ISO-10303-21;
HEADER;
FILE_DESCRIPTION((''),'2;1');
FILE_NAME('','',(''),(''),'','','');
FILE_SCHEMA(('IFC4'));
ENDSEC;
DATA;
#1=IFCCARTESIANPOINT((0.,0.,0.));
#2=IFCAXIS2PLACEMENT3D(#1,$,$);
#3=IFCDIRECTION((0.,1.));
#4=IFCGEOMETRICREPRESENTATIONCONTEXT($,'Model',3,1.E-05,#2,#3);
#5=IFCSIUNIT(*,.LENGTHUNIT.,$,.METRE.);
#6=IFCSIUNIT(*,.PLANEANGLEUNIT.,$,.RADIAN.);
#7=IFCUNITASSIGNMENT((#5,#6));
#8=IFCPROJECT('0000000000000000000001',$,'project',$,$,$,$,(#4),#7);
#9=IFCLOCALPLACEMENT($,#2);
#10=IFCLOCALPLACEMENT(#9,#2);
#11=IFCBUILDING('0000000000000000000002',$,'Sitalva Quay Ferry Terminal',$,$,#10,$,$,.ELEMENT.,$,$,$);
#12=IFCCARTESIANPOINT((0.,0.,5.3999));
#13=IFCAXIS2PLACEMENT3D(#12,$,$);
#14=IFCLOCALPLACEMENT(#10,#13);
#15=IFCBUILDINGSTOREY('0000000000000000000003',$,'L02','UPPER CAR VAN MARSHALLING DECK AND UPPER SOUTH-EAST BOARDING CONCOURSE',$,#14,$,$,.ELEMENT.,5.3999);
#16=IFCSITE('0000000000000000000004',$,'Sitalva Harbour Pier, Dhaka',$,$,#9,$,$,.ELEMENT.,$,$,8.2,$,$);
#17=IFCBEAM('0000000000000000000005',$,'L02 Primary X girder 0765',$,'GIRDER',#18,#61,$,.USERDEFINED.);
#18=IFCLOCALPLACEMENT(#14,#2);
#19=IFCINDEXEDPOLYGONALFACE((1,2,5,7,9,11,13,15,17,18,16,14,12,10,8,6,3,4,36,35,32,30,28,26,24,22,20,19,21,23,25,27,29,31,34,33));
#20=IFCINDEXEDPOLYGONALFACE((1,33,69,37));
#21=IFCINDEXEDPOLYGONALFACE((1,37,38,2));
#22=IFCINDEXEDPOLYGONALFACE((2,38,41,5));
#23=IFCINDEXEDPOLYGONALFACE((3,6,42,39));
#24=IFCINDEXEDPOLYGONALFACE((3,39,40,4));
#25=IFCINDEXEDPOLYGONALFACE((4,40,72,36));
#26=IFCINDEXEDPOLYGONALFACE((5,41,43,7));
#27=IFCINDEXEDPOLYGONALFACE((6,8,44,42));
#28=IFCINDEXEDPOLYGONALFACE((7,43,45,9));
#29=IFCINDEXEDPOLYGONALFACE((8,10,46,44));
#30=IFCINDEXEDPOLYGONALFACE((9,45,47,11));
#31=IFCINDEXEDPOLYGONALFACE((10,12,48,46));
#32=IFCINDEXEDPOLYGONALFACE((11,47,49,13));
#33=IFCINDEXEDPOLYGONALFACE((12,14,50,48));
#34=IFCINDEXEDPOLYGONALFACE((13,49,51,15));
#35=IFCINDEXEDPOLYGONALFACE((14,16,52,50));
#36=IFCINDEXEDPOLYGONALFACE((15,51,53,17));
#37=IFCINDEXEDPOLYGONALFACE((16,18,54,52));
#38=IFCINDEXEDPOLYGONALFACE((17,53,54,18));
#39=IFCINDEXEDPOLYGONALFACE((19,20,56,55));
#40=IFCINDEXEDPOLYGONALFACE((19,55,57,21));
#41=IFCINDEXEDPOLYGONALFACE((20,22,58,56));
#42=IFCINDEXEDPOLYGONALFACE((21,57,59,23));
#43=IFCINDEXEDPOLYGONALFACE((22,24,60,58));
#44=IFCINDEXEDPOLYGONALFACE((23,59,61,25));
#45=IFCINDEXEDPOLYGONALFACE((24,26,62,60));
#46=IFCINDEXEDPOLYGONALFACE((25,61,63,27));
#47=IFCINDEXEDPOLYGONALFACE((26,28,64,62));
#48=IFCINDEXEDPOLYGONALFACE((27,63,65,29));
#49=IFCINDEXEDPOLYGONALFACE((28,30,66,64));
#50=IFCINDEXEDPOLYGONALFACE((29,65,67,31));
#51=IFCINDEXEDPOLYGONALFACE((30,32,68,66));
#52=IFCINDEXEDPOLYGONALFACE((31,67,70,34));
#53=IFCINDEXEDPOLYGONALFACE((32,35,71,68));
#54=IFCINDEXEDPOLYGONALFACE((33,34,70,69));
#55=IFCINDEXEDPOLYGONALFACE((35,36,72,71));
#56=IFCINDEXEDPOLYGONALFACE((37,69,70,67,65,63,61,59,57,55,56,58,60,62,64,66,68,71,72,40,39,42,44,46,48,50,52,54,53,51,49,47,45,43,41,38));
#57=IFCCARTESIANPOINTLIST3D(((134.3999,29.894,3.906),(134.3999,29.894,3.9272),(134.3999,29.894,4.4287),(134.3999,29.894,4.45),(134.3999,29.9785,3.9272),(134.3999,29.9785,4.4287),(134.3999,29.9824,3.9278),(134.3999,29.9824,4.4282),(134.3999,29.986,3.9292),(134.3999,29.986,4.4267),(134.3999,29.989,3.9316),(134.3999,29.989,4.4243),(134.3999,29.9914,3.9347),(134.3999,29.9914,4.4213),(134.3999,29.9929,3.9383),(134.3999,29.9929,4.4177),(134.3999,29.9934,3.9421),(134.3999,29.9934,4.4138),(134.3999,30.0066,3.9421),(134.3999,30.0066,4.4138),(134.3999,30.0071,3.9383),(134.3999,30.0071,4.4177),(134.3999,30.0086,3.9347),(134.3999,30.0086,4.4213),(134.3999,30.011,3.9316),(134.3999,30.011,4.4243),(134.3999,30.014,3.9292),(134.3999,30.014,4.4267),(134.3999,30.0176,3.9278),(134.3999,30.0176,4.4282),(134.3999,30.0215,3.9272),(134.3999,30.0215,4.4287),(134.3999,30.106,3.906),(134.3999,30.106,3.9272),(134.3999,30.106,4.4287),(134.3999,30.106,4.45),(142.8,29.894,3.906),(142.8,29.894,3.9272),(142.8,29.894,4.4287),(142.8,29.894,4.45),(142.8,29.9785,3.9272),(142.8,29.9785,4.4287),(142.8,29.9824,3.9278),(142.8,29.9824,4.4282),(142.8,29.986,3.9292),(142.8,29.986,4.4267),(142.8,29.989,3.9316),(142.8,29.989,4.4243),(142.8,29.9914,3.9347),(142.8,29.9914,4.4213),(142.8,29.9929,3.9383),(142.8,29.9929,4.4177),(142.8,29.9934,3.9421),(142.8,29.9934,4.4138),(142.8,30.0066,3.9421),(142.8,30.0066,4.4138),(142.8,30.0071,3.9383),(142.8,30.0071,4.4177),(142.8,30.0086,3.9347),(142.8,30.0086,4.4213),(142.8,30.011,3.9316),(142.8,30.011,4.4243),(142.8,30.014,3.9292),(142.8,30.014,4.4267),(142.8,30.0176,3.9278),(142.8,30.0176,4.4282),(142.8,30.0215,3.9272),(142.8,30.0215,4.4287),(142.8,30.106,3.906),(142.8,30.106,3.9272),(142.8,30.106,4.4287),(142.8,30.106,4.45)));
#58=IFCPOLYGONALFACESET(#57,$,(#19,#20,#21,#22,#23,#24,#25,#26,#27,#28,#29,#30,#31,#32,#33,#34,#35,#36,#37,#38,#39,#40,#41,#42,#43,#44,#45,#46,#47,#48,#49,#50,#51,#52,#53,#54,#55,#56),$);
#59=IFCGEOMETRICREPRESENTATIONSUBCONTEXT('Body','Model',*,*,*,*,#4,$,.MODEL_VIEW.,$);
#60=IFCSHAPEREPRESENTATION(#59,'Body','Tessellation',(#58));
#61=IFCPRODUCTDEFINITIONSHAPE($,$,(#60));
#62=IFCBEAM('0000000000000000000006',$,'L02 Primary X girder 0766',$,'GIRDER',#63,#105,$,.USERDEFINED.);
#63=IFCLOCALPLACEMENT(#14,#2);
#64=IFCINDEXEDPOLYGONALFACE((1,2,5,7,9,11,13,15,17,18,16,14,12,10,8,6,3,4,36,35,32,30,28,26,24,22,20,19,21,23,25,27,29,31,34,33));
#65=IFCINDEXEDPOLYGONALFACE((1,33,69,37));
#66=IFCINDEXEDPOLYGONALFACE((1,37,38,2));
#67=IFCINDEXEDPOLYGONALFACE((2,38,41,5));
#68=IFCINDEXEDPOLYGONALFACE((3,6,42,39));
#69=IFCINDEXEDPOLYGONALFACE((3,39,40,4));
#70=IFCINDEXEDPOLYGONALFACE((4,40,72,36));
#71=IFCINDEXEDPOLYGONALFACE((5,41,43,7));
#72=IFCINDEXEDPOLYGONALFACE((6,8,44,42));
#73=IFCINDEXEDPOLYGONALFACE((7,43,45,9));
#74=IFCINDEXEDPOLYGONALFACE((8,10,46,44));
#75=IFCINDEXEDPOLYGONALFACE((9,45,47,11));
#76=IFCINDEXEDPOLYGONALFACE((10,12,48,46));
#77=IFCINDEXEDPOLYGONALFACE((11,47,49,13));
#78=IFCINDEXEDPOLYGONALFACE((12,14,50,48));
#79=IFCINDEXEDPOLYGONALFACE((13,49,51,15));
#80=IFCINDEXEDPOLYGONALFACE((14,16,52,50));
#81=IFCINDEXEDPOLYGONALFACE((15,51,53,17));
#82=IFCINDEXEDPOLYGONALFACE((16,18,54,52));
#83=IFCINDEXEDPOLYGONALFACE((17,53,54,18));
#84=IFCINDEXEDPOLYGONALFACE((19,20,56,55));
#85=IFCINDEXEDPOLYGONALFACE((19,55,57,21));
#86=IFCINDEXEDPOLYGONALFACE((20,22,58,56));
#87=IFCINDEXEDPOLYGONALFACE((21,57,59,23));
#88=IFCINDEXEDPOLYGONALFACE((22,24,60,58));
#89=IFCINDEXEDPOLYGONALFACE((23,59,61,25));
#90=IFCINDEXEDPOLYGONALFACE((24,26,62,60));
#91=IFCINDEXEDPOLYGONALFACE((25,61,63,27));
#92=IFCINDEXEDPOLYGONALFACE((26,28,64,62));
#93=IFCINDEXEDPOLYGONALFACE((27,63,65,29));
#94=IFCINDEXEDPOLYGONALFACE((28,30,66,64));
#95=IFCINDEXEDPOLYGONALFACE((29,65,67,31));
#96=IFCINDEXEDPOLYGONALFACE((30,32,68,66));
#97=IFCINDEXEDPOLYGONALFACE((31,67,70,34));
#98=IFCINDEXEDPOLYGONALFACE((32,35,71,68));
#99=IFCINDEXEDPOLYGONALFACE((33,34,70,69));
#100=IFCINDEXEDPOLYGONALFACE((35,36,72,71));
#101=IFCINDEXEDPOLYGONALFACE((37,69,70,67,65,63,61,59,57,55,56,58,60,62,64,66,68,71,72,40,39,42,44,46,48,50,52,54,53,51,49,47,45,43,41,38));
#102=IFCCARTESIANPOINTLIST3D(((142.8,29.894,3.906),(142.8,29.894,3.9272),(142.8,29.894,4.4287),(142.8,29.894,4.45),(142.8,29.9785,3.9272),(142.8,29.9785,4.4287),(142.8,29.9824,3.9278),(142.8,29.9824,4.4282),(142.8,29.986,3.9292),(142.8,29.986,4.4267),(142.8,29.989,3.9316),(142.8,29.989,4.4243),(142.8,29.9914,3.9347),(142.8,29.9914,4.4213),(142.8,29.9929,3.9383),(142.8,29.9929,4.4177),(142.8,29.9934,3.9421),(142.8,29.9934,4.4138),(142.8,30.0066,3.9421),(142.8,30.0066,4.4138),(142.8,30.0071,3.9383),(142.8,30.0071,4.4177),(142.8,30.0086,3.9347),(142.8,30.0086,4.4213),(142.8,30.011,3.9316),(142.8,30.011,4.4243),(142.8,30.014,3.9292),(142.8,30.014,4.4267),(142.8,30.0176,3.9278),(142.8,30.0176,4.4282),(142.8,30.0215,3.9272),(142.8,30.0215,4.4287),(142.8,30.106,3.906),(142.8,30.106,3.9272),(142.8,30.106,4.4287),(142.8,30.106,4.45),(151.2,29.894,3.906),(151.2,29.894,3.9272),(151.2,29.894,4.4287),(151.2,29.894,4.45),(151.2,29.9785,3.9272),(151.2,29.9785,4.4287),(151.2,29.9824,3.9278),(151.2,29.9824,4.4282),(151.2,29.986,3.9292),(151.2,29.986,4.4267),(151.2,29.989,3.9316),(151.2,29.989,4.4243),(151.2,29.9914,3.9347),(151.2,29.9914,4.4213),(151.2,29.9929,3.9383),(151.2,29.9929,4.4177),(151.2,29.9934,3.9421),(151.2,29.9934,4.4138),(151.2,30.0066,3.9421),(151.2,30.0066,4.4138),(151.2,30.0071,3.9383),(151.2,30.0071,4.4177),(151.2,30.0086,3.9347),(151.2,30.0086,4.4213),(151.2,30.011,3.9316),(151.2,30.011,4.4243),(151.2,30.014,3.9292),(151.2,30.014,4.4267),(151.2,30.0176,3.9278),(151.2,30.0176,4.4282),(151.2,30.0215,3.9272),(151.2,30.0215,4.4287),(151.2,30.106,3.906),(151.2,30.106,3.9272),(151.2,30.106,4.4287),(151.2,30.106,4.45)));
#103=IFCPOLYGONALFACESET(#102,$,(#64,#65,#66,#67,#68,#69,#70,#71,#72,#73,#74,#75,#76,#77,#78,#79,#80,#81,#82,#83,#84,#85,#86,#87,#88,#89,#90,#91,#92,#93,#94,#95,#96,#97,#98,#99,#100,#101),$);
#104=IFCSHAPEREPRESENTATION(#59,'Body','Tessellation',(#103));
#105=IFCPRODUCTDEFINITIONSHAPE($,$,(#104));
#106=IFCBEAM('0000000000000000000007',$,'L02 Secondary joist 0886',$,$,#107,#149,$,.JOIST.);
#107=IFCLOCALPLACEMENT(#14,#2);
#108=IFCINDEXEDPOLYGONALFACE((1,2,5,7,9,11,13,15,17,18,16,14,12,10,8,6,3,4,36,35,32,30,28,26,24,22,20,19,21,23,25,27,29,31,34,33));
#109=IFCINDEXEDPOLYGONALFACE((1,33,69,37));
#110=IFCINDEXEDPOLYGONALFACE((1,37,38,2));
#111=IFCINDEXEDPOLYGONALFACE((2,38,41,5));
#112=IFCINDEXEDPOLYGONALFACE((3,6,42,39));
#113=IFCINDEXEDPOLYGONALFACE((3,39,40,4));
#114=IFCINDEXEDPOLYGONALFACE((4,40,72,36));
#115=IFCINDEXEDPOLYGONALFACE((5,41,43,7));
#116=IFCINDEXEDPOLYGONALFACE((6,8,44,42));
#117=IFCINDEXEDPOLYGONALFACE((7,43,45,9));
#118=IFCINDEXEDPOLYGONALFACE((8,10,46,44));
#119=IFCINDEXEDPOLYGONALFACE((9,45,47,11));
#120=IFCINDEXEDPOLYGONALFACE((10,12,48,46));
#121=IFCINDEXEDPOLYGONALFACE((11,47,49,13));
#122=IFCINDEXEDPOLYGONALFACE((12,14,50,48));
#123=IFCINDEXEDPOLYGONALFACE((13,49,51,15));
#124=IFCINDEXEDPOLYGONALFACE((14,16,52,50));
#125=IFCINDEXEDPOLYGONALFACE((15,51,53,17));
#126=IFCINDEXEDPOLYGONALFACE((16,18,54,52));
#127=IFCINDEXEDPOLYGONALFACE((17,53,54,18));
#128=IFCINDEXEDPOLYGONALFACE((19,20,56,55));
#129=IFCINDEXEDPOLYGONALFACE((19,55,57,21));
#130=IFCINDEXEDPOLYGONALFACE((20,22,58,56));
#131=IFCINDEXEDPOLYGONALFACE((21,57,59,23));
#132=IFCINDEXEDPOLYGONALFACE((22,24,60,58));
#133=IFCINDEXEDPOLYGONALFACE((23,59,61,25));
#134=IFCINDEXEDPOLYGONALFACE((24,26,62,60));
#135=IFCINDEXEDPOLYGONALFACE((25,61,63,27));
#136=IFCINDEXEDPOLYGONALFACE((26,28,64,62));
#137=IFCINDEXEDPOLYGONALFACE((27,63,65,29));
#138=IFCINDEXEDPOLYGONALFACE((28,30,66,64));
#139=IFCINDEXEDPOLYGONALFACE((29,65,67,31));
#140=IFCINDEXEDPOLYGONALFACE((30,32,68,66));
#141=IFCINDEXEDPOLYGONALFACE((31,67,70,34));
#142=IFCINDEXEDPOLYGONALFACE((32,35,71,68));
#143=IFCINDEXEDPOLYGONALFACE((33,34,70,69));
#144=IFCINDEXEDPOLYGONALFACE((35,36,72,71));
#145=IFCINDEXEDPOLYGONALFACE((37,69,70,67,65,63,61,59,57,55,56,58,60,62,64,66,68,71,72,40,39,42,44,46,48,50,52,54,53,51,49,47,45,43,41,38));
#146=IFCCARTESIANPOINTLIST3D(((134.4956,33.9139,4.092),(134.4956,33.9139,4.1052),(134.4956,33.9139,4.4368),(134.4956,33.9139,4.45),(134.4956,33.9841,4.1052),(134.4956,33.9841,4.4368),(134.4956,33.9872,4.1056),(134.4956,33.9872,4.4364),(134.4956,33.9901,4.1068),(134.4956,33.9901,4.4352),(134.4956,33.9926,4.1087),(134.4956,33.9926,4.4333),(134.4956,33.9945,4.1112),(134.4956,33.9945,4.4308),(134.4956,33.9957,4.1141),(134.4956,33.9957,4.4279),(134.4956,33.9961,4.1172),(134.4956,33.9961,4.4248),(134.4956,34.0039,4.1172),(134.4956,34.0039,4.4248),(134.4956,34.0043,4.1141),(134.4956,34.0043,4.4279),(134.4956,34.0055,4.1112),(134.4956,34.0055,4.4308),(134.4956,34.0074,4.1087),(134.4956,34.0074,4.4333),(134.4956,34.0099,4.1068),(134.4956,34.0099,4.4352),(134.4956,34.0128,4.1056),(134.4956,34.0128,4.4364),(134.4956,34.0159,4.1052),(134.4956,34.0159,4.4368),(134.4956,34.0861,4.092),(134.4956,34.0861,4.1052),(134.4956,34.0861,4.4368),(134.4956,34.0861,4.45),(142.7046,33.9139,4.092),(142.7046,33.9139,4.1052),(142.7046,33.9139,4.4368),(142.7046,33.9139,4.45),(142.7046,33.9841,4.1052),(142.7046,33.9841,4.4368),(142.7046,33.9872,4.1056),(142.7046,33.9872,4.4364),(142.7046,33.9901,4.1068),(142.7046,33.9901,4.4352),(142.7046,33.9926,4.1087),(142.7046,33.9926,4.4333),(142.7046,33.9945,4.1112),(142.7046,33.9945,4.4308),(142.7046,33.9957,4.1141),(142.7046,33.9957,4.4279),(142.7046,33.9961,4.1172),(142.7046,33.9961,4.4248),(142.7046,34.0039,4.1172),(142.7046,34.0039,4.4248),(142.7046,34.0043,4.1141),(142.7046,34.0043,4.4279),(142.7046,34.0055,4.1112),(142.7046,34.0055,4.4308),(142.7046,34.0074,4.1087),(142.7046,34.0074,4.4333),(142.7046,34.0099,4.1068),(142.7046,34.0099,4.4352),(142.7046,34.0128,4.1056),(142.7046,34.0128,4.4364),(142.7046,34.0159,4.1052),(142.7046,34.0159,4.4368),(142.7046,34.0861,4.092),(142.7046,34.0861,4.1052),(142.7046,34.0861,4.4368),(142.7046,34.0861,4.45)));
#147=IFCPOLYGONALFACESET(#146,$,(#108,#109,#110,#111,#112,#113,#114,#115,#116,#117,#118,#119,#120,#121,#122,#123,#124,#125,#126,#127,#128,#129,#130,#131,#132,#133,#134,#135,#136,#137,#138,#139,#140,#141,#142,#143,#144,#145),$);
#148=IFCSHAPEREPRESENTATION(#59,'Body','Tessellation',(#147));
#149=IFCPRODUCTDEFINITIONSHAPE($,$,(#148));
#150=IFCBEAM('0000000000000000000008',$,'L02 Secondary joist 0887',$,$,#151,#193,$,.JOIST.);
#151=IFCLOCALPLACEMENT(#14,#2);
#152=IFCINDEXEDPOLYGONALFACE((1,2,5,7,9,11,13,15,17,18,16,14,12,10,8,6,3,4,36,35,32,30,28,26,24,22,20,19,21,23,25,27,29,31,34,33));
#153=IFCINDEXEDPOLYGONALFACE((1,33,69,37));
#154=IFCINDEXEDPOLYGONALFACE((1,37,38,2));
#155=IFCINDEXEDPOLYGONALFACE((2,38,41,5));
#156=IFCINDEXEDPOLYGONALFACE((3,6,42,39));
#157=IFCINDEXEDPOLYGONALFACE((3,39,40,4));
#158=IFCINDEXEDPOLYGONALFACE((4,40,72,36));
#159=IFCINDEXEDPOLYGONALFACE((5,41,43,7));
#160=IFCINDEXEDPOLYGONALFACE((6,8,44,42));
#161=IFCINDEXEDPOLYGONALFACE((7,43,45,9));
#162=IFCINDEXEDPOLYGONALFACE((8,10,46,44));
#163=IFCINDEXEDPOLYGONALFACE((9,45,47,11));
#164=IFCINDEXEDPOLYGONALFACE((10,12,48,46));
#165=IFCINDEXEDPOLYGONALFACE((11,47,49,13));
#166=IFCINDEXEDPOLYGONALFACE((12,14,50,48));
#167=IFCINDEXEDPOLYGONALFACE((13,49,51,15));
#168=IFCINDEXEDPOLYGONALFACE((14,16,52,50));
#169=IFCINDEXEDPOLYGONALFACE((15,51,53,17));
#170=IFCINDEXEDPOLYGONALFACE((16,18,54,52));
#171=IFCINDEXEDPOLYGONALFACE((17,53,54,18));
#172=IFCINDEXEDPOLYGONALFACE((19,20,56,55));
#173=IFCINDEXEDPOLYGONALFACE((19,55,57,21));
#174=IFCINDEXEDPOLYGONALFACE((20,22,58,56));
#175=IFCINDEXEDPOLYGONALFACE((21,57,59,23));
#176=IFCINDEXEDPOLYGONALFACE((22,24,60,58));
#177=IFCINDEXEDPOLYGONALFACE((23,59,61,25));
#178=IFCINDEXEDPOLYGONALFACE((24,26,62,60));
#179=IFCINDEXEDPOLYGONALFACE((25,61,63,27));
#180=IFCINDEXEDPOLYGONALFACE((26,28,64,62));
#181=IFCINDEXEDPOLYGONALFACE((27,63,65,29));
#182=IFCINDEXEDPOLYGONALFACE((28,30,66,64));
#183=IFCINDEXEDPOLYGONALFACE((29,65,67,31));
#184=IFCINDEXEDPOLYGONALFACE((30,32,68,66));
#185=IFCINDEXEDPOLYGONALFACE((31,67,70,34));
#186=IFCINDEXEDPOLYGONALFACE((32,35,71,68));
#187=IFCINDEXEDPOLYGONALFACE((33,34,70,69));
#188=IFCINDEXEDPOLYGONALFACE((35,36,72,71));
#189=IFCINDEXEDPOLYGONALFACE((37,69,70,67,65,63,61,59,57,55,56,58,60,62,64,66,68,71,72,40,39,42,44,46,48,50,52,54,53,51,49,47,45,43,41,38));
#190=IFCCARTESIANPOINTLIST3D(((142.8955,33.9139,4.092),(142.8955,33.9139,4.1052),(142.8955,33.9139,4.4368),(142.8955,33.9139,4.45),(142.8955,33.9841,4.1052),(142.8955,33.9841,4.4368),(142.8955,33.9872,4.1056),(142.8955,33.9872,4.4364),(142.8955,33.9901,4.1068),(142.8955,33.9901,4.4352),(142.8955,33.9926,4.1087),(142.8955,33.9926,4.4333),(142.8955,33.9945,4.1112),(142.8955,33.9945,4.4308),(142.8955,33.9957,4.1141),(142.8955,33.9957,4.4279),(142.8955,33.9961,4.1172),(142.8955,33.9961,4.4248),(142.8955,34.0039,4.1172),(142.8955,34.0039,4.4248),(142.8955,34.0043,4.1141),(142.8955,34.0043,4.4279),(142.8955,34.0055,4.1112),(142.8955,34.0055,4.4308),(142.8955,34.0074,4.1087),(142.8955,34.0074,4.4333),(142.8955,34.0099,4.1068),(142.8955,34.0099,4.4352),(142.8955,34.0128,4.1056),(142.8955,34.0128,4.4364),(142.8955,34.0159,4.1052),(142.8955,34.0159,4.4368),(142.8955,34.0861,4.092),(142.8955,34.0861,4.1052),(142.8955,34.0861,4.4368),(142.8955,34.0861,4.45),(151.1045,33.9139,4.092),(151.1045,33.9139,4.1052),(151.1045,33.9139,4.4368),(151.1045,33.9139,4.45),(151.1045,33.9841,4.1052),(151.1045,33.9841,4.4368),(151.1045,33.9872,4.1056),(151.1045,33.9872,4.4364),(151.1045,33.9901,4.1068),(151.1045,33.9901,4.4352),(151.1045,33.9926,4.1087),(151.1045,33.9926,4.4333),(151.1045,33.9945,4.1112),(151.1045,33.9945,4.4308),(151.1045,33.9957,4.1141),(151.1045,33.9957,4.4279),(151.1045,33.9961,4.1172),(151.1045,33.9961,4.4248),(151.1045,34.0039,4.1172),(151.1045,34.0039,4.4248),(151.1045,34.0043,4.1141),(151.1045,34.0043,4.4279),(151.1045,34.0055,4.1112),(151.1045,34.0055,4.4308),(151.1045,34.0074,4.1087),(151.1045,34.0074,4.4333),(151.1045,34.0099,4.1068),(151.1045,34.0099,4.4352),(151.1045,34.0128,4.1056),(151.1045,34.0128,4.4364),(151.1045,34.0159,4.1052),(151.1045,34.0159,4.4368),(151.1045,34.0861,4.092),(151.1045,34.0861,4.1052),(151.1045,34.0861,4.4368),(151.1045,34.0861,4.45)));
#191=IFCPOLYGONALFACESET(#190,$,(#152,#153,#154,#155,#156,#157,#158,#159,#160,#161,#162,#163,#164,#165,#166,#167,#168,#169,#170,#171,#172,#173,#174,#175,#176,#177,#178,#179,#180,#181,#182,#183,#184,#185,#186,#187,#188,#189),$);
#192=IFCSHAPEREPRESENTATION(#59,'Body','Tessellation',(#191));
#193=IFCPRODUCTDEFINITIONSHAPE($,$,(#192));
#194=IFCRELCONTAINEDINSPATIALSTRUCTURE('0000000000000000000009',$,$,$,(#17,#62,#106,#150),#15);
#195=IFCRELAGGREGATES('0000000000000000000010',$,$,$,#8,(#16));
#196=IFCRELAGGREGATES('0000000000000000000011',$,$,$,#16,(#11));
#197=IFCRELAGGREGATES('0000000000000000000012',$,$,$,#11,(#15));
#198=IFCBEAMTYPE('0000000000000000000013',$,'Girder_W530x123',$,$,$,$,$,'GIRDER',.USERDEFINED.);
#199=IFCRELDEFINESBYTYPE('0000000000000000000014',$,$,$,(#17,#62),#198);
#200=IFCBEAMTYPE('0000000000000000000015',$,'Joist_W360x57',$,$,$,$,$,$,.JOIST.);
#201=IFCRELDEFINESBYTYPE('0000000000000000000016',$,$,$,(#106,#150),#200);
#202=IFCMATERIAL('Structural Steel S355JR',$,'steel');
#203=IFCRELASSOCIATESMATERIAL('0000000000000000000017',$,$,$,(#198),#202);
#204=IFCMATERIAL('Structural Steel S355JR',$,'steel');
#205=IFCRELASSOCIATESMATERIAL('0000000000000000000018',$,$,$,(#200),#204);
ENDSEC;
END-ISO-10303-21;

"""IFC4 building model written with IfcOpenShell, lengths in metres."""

from ifc_helpers import new_model, si_unit, direction, frame, origin, origin_2d, place, context, subcontext, project, spatial, i_section, extrude, material, material_profile, profile_set, type_object, element, save


model = new_model("IFC4")

# Units and contexts
model_context = context("Model", 3, precision=1e-05, world=origin(), true_north=direction((0.0, 1.0)))
body_context = subcontext(model_context, "Body", "Model", "MODEL_VIEW")
ifc_project = project(units=[si_unit("LENGTHUNIT", "METRE"), si_unit("PLANEANGLEUNIT", "RADIAN")], contexts=[model_context])

# Site, building, storey
site_placement = place(None, origin())
site = spatial("IfcSite", under=ifc_project, at=site_placement, Name="Sitalva Harbour Pier, Dhaka", CompositionType="ELEMENT", RefElevation=8.2)
building_placement = place(site_placement, origin())
building = spatial("IfcBuilding", under=site, at=building_placement, Name="Sitalva Quay Ferry Terminal", CompositionType="ELEMENT")
storey_placement = place(building_placement, frame((0.0, 0.0, 5.3999)))
storey = spatial("IfcBuildingStorey", under=building, at=storey_placement, Name="L02", Description="UPPER CAR VAN MARSHALLING DECK AND UPPER SOUTH-EAST BOARDING CONCOURSE", CompositionType="ELEMENT", Elevation=5.3999)

# Beams
ifc_material_1 = material(Name="Structural Steel S355JR", Category="steel")
ifc_material_profile_1 = material_profile(ifc_material_1, i_section(OverallWidth=0.2119, OverallDepth=0.5439, WebThickness=0.0132, FlangeThickness=0.0212, FilletRadius=0.0149, at=origin_2d()), Name="W530x123")
ifc_profile_set_1 = profile_set([ifc_material_profile_1], Name="Structural Steel S355JR")
beam_type_1 = type_object("IfcBeamType", Name="Girder_W530x123", ElementType="GIRDER", PredefinedType="USERDEFINED", material=ifc_profile_set_1)
beam_1_placement = place(storey_placement, frame((134.3999, 30.0, 4.178), z_axis=(1.0, 0.0, 0.0), x_axis=(0.0, 1.0, 0.0)))
element("IfcBeam", 1, at=beam_1_placement, inside=storey, type_object=beam_type_1, Name="L02 Primary X girder 0765", ObjectType="GIRDER", PredefinedType="USERDEFINED", context=body_context, shape_type="SweptSolid", body=[
    extrude(i_section(OverallWidth=0.2119, OverallDepth=0.5439, WebThickness=0.0132, FlangeThickness=0.0212, FilletRadius=0.0149, at=origin_2d()), origin(), (0.0, 0.0, 1.0), 8.4001),
])
beam_2_placement = place(storey_placement, frame((142.8, 30.0, 4.178), z_axis=(1.0, 0.0, 0.0), x_axis=(0.0, 1.0, 0.0)))
element("IfcBeam", 2, at=beam_2_placement, inside=storey, type_object=beam_type_1, Name="L02 Primary X girder 0766", ObjectType="GIRDER", PredefinedType="USERDEFINED", context=body_context, shape_type="SweptSolid", body=[
    extrude(i_section(OverallWidth=0.2119, OverallDepth=0.5439, WebThickness=0.0132, FlangeThickness=0.0212, FilletRadius=0.0149, at=origin_2d()), origin(), (0.0, 0.0, 1.0), 8.3999),
])
ifc_material_2 = material(Name="Structural Steel S355JR", Category="steel")
ifc_material_profile_2 = material_profile(ifc_material_2, i_section(OverallWidth=0.1721, OverallDepth=0.3579, WebThickness=0.0078, FlangeThickness=0.0132, FilletRadius=0.012, at=origin_2d()), Name="W360x57")
ifc_profile_set_2 = profile_set([ifc_material_profile_2], Name="Structural Steel S355JR")
beam_type_2 = type_object("IfcBeamType", Name="Joist_W360x57", PredefinedType="JOIST", material=ifc_profile_set_2)
for number, where, z_axis, x_axis, name in (
    (3, (134.4956, 34.0, 4.271), (1.0, 0.0, 0.0), (0.0, 1.0, 0.0), "L02 Secondary joist 0886"),
    (4, (142.8955, 34.0, 4.271), (1.0, 0.0, 0.0), (0.0, 1.0, 0.0), "L02 Secondary joist 0887"),
):
    element("IfcBeam", number, at=place(storey_placement, frame(where, z_axis=z_axis, x_axis=x_axis)), inside=storey, type_object=beam_type_2, Name=name, PredefinedType="JOIST", context=body_context, shape_type="SweptSolid", body=[
        extrude(i_section(OverallWidth=0.1721, OverallDepth=0.3579, WebThickness=0.0078, FlangeThickness=0.0132, FilletRadius=0.012, at=origin_2d()), origin(), (0.0, 0.0, 1.0), 8.209),
    ])

save(model, "model.ifc")
